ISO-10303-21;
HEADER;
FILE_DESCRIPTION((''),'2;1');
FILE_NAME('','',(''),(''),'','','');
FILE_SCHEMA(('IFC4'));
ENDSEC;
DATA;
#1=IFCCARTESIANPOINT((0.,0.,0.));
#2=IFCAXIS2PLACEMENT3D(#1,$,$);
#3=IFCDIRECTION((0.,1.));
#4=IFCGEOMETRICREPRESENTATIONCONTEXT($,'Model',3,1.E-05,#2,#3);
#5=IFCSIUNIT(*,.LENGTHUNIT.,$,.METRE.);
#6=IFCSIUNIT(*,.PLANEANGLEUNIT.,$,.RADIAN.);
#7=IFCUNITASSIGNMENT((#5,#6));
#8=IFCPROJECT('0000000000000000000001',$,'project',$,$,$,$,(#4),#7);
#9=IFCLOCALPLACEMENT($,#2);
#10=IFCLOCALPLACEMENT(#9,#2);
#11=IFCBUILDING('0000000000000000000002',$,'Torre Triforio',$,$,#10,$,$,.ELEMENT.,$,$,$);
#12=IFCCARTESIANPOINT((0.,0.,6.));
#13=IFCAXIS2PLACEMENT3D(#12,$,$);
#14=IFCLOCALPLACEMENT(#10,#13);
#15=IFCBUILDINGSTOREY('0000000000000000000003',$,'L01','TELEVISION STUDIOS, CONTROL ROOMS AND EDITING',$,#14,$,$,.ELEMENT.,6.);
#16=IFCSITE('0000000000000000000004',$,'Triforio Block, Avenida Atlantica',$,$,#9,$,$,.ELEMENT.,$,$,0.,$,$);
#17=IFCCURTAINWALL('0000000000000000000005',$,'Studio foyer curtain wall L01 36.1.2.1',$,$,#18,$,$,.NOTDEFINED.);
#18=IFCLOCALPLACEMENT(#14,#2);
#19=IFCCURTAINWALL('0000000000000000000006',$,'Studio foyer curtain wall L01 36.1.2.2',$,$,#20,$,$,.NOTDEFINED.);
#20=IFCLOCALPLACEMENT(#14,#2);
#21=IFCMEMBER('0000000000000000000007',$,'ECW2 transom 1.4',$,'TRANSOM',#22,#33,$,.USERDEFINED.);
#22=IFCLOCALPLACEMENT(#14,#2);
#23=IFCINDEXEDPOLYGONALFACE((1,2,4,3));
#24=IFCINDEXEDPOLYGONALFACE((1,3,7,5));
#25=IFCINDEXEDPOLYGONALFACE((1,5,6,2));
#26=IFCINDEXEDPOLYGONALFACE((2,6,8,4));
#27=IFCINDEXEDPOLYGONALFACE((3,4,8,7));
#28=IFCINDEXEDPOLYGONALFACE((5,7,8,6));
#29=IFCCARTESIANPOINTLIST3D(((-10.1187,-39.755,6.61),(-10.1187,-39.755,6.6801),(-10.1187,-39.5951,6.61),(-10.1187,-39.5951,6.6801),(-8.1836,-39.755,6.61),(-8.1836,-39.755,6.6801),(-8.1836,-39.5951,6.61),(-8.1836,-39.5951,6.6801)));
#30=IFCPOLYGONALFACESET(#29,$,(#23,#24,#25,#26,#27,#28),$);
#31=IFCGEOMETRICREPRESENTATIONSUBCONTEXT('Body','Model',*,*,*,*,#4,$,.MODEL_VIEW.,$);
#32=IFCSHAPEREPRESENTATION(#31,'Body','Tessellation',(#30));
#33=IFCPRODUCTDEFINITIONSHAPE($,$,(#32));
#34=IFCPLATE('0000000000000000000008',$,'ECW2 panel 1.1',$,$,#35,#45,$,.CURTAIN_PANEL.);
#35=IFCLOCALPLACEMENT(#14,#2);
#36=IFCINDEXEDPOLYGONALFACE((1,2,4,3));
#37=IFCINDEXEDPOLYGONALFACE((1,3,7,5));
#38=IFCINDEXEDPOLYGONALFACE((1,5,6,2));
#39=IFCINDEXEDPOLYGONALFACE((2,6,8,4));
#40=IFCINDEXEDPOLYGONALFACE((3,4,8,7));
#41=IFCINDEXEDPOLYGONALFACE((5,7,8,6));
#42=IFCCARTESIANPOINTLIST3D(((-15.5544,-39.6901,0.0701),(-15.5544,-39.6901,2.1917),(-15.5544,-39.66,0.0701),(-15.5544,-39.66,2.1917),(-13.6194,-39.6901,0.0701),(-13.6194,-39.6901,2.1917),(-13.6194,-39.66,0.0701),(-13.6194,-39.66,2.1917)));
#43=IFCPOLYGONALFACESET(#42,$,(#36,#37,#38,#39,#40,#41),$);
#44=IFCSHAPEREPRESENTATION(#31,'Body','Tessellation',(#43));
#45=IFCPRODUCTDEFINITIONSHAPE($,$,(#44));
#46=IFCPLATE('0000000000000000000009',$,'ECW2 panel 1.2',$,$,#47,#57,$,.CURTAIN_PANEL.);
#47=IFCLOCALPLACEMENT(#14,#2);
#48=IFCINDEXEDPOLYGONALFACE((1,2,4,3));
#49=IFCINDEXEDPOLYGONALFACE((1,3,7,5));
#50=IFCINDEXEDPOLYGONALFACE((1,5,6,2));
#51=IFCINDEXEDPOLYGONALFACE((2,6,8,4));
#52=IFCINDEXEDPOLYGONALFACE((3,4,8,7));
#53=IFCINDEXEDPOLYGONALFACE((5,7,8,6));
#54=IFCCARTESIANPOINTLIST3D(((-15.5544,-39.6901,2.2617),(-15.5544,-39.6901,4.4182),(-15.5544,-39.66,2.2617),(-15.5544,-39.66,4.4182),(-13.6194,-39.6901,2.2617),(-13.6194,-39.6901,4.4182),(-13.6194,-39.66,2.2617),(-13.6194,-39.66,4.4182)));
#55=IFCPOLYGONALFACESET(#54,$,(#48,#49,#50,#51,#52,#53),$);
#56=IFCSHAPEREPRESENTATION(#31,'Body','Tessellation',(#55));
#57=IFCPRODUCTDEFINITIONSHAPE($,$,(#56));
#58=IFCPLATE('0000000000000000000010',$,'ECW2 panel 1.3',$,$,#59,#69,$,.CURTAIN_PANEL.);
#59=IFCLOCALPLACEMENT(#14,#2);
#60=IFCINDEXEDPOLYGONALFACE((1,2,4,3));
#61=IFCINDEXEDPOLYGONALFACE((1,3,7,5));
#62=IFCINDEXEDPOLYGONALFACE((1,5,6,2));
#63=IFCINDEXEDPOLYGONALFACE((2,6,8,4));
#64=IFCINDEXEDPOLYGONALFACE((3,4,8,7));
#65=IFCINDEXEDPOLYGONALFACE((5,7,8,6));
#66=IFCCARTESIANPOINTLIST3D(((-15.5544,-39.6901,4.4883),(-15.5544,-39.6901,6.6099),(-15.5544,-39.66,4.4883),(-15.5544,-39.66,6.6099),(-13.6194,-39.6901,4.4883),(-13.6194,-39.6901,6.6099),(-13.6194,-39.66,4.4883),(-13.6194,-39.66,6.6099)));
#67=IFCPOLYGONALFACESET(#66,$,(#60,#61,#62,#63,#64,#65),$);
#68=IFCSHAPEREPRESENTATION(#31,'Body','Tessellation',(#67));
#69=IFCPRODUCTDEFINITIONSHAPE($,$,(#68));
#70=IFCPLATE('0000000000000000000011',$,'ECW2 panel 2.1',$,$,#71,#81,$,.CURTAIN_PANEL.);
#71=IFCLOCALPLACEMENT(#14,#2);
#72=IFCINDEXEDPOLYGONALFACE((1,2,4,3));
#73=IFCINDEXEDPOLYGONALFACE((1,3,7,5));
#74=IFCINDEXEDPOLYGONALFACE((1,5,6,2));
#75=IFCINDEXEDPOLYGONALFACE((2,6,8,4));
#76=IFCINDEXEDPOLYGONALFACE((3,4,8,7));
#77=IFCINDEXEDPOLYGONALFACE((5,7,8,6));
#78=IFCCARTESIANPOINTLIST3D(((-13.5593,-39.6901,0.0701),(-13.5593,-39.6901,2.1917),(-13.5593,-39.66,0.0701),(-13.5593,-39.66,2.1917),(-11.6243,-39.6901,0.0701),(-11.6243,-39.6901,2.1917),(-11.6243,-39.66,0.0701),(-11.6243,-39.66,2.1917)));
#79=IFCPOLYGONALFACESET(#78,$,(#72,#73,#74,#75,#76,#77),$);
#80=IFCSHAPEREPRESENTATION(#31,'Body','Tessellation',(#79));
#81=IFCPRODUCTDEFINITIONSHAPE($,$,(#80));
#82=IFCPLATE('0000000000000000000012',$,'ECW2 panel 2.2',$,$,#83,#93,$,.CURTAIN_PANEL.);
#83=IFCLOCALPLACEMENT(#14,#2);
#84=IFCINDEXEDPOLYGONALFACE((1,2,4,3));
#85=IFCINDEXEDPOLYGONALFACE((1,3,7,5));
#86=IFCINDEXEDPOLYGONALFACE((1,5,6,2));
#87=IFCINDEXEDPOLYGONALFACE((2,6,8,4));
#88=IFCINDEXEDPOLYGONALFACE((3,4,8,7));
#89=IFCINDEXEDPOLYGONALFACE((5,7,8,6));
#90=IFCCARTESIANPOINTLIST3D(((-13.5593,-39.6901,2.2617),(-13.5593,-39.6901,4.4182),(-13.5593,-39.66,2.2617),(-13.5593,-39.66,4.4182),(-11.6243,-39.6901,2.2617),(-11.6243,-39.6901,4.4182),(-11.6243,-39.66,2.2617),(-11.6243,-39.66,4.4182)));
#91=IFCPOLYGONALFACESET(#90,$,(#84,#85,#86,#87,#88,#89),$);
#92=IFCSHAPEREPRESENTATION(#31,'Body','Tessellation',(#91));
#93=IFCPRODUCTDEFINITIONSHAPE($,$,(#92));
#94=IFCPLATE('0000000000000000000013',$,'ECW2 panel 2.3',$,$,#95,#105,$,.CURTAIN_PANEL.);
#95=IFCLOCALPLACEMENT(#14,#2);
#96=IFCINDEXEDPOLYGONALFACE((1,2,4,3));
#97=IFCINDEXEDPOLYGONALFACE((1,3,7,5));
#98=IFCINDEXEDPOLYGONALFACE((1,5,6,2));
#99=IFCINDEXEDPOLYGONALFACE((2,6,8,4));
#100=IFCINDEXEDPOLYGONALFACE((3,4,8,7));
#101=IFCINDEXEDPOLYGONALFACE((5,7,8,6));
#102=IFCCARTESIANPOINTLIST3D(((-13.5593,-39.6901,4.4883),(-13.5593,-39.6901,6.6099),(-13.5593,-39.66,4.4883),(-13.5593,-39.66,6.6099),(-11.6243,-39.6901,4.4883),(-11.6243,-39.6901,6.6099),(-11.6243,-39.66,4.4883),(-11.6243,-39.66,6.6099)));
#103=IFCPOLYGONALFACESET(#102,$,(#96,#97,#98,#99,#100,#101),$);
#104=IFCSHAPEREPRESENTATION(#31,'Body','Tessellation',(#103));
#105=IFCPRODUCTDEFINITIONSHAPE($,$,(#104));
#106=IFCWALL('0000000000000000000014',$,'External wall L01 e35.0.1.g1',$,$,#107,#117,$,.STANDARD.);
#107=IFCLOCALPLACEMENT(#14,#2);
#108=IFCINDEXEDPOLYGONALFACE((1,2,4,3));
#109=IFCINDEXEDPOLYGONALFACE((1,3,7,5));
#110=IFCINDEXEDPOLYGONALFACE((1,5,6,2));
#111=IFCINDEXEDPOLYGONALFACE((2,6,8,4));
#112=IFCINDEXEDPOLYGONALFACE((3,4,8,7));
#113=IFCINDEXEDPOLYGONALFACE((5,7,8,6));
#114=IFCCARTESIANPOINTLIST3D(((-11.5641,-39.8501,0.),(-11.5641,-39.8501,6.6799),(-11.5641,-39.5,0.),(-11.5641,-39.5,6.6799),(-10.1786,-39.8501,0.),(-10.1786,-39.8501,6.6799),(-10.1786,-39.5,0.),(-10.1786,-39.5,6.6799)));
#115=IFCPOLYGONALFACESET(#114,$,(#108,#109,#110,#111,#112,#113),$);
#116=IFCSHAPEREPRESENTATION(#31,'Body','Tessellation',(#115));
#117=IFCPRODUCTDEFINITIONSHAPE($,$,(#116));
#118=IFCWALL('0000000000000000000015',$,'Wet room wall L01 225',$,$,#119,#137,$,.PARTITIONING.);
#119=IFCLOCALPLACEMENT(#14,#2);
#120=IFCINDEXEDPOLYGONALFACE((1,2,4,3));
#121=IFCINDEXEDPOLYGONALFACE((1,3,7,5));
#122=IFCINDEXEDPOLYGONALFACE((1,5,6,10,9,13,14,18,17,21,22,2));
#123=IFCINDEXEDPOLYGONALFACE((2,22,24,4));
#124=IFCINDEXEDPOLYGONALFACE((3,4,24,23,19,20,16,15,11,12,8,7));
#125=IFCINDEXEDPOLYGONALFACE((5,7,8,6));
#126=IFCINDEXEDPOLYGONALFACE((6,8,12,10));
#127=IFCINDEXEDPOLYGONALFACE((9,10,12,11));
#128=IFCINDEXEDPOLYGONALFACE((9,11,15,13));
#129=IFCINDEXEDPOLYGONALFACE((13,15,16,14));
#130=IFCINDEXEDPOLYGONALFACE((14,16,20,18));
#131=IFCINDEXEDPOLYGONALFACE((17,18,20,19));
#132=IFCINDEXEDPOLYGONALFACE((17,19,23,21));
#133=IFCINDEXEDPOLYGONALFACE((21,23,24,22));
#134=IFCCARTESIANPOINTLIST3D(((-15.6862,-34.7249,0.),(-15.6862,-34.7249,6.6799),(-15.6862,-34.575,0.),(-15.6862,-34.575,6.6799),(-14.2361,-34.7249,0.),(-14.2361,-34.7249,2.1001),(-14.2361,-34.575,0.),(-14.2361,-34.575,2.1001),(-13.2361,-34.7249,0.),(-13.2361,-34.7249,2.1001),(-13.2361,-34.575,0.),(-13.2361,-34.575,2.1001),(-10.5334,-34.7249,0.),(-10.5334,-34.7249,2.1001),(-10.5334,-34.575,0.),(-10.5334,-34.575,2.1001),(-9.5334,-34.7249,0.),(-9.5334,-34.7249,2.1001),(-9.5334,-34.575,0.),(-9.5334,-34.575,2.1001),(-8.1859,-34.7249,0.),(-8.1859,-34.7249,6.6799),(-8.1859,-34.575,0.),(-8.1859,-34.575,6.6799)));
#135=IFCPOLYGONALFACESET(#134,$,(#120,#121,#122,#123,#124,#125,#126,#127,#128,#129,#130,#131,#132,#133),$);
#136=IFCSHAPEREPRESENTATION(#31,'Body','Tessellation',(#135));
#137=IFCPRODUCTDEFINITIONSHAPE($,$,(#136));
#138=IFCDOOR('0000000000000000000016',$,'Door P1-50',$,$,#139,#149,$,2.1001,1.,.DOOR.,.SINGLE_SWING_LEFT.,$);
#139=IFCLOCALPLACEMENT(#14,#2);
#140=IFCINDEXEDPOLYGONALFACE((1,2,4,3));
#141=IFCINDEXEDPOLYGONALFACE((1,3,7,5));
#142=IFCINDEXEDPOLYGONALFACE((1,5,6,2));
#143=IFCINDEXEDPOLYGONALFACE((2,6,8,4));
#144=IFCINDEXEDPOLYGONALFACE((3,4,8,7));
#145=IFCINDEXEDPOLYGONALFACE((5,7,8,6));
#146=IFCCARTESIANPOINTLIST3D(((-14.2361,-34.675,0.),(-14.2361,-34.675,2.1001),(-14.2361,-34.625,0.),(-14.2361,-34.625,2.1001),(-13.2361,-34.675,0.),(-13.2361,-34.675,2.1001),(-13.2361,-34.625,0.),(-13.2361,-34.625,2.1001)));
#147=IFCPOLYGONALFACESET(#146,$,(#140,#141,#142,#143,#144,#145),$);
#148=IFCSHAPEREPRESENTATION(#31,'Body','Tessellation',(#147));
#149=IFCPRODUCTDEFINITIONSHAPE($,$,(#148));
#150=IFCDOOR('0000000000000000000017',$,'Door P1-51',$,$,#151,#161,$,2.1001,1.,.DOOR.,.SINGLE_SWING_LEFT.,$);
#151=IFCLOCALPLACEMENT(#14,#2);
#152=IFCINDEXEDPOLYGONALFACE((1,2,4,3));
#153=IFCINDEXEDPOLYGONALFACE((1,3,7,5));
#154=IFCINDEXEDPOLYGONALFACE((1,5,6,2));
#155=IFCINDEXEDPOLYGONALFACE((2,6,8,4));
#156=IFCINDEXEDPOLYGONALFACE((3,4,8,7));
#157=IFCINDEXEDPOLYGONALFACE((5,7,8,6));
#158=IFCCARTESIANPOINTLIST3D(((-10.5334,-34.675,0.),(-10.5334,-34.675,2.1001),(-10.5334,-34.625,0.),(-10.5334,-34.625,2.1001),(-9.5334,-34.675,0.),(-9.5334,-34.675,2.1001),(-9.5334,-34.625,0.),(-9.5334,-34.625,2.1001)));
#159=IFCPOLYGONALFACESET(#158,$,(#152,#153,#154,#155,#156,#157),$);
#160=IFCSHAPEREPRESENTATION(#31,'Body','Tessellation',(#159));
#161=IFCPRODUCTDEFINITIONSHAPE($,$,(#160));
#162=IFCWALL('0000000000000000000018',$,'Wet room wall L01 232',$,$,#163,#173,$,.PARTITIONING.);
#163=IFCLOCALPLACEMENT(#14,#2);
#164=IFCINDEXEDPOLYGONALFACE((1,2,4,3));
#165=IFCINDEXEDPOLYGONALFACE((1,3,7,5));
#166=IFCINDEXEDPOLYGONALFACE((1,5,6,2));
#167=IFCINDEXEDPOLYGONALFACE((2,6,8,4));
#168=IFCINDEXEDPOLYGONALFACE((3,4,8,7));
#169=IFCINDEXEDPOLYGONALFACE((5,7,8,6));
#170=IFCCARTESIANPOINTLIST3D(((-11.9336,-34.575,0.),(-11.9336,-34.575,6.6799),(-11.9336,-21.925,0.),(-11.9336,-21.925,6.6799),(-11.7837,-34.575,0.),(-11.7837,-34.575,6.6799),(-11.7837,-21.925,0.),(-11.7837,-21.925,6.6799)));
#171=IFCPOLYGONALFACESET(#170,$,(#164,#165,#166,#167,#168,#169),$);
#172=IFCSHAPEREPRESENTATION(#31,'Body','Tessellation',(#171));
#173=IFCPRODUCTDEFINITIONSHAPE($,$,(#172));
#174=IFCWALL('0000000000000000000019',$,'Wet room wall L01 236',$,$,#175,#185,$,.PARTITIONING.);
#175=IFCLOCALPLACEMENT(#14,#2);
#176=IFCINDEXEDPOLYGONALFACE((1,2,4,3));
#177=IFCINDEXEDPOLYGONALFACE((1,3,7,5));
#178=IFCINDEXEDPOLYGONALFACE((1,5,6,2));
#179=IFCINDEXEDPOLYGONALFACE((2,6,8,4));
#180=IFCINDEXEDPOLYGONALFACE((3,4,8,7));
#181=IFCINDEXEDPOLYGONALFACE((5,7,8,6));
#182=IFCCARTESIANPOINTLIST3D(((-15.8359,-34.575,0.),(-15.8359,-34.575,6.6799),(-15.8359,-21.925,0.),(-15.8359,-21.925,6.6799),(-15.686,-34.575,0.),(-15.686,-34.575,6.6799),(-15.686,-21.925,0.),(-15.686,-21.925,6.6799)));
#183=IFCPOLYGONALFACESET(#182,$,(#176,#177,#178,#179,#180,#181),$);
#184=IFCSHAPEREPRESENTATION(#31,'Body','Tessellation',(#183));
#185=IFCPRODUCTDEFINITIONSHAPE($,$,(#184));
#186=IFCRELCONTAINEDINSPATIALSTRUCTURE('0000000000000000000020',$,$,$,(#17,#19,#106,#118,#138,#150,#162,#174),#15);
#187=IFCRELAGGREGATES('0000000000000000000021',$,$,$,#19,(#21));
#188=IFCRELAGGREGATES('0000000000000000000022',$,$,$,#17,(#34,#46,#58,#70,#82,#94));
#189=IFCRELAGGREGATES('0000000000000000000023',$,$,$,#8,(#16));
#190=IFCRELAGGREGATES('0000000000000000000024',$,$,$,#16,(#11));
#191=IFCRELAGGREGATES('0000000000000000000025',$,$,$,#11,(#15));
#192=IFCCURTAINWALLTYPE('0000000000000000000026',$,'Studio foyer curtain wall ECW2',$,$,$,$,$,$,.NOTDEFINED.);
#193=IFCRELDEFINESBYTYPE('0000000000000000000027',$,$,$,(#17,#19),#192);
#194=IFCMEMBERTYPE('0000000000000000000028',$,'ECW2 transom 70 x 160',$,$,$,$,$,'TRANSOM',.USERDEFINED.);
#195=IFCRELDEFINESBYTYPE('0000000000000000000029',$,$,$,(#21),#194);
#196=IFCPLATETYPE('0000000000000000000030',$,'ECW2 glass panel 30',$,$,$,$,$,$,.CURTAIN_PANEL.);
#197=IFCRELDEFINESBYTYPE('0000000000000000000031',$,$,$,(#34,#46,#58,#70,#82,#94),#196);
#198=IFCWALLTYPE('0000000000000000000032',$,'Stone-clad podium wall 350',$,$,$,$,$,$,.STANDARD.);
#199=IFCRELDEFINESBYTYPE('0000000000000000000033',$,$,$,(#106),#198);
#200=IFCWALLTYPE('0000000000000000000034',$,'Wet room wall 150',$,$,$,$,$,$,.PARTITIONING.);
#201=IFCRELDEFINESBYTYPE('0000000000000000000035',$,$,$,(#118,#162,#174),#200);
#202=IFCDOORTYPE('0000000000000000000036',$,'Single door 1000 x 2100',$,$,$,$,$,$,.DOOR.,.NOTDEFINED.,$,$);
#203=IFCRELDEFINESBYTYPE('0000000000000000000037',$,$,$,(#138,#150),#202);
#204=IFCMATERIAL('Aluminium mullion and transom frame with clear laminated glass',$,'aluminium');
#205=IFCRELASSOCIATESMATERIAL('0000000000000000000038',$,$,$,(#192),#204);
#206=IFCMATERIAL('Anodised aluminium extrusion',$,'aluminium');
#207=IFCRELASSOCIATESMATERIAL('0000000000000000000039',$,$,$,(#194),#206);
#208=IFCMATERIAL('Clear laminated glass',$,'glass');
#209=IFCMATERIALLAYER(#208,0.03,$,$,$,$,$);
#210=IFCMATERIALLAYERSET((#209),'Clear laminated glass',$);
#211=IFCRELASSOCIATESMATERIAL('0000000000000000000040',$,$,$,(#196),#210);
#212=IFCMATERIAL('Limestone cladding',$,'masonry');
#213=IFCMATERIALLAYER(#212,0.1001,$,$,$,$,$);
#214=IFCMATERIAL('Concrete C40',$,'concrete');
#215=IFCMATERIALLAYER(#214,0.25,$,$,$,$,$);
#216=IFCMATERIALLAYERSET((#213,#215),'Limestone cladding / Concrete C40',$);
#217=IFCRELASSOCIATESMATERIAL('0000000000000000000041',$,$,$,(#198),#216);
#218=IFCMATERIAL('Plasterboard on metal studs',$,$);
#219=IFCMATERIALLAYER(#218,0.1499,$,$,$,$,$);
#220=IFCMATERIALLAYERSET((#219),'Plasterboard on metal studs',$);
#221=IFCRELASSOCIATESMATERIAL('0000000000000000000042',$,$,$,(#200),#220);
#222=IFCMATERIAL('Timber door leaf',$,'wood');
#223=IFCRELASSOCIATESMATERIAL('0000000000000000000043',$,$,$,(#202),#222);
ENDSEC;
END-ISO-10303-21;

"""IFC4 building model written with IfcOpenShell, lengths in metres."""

from ifc_helpers import new_model, si_unit, direction, frame, frame_2d, origin, origin_2d, place, context, subcontext, project, spatial, rectangle, extrude, material, layer, layer_set, material_profile, profile_set, type_object, element, fill, aggregate, save


model = new_model("IFC4")

# Units and contexts
model_context = context("Model", 3, precision=1e-05, world=origin(), true_north=direction((0.0, 1.0)))
body_context = subcontext(model_context, "Body", "Model", "MODEL_VIEW")
ifc_project = project(units=[si_unit("LENGTHUNIT", "METRE"), si_unit("PLANEANGLEUNIT", "RADIAN")], contexts=[model_context])

# Site, building, storey
site_placement = place(None, origin())
site = spatial("IfcSite", under=ifc_project, at=site_placement, Name="Triforio Block, Avenida Atlantica", CompositionType="ELEMENT", RefElevation=0.0)
building_placement = place(site_placement, origin())
building = spatial("IfcBuilding", under=site, at=building_placement, Name="Torre Triforio", CompositionType="ELEMENT")
storey_placement = place(building_placement, frame((0.0, 0.0, 6.0)))
storey = spatial("IfcBuildingStorey", under=building, at=storey_placement, Name="L01", Description="TELEVISION STUDIOS, CONTROL ROOMS AND EDITING", CompositionType="ELEMENT", Elevation=6.0)

# Curtain wall
ifc_material_1 = material(Name="Aluminium mullion and transom frame with clear laminated glass", Category="aluminium")
curtain_wall_type = type_object("IfcCurtainWallType", Name="Studio foyer curtain wall ECW2", PredefinedType="NOTDEFINED", material=ifc_material_1)
curtain_wall_1_placement = place(storey_placement, origin())
curtain_wall_1 = element("IfcCurtainWall", 1, at=curtain_wall_1_placement, inside=storey, type_object=curtain_wall_type, Name="Studio foyer curtain wall L01 36.1.2.1", PredefinedType="NOTDEFINED")
ifc_material_2 = material(Name="Anodised aluminium extrusion", Category="aluminium")

# Curtain wall
curtain_wall_2_placement = place(storey_placement, origin())
curtain_wall_2 = element("IfcCurtainWall", 2, at=curtain_wall_2_placement, inside=storey, type_object=curtain_wall_type, Name="Studio foyer curtain wall L01 36.1.2.2", PredefinedType="NOTDEFINED")

# Member
ifc_material_profile_1 = material_profile(ifc_material_2, rectangle(XDim=0.1599, YDim=0.0701, at=origin_2d()), Name="ECW2 TRANSOM 70x160")
ifc_profile_set_1 = profile_set([ifc_material_profile_1], Name="Anodised aluminium extrusion")
member_type_1 = type_object("IfcMemberType", Name="ECW2 transom 70 x 160", ElementType="TRANSOM", PredefinedType="USERDEFINED", material=ifc_profile_set_1)
member_1_placement = place(storey_placement, frame((-10.1187, -39.675, 6.645), z_axis=(1.0, 0.0, 0.0), x_axis=(0.0, 1.0, 0.0)))
member_1 = element("IfcMember", 3, at=member_1_placement, type_object=member_type_1, Name="ECW2 transom 1.4", ObjectType="TRANSOM", PredefinedType="USERDEFINED", context=body_context, shape_type="SweptSolid", body=[
    extrude(rectangle(XDim=0.1599, YDim=0.0701, at=origin_2d()), origin(), (0.0, 0.0, 1.0), 1.9351),
])
aggregate(curtain_wall_2, [member_1])

# Plates
ifc_material_3 = material(Name="Clear laminated glass", Category="glass")
ifc_layer_1 = layer(ifc_material_3, 0.03)
ifc_layer_set_1 = layer_set([ifc_layer_1], Name="Clear laminated glass")
plate_type = type_object("IfcPlateType", Name="ECW2 glass panel 30", PredefinedType="CURTAIN_PANEL", material=ifc_layer_set_1)
plate_1_placement = place(storey_placement, frame((-14.5869, -39.675, 0.0701), z_axis=(0.0, 0.0, 1.0), x_axis=(1.0, 0.0, 0.0)))
plate_1 = element("IfcPlate", 4, at=plate_1_placement, type_object=plate_type, Name="ECW2 panel 1.1", PredefinedType="CURTAIN_PANEL", context=body_context, shape_type="SweptSolid", body=[
    extrude(rectangle(XDim=1.9351, YDim=0.03, at=origin_2d()), origin(), (0.0, 0.0, 1.0), 2.1216),
])
plate_2_placement = place(storey_placement, frame((-14.5869, -39.675, 2.2617), z_axis=(0.0, 0.0, 1.0), x_axis=(1.0, 0.0, 0.0)))
plate_2 = element("IfcPlate", 5, at=plate_2_placement, type_object=plate_type, Name="ECW2 panel 1.2", PredefinedType="CURTAIN_PANEL", context=body_context, shape_type="SweptSolid", body=[
    extrude(rectangle(XDim=1.9351, YDim=0.03, at=origin_2d()), origin(), (0.0, 0.0, 1.0), 2.1565),
])
plate_3_placement = place(storey_placement, frame((-14.5869, -39.675, 4.4883), z_axis=(0.0, 0.0, 1.0), x_axis=(1.0, 0.0, 0.0)))
plate_3 = element("IfcPlate", 6, at=plate_3_placement, type_object=plate_type, Name="ECW2 panel 1.3", PredefinedType="CURTAIN_PANEL", context=body_context, shape_type="SweptSolid", body=[
    extrude(rectangle(XDim=1.9351, YDim=0.03, at=origin_2d()), origin(), (0.0, 0.0, 1.0), 2.1216),
])
plate_4_placement = place(storey_placement, frame((-12.5918, -39.675, 0.0701), z_axis=(0.0, 0.0, 1.0), x_axis=(1.0, 0.0, 0.0)))
plate_4 = element("IfcPlate", 7, at=plate_4_placement, type_object=plate_type, Name="ECW2 panel 2.1", PredefinedType="CURTAIN_PANEL", context=body_context, shape_type="SweptSolid", body=[
    extrude(rectangle(XDim=1.9351, YDim=0.03, at=origin_2d()), origin(), (0.0, 0.0, 1.0), 2.1216),
])
plate_5_placement = place(storey_placement, frame((-12.5918, -39.675, 2.2617), z_axis=(0.0, 0.0, 1.0), x_axis=(1.0, 0.0, 0.0)))
plate_5 = element("IfcPlate", 8, at=plate_5_placement, type_object=plate_type, Name="ECW2 panel 2.2", PredefinedType="CURTAIN_PANEL", context=body_context, shape_type="SweptSolid", body=[
    extrude(rectangle(XDim=1.9351, YDim=0.03, at=origin_2d()), origin(), (0.0, 0.0, 1.0), 2.1565),
])
plate_6_placement = place(storey_placement, frame((-12.5918, -39.675, 4.4883), z_axis=(0.0, 0.0, 1.0), x_axis=(1.0, 0.0, 0.0)))
plate_6 = element("IfcPlate", 9, at=plate_6_placement, type_object=plate_type, Name="ECW2 panel 2.3", PredefinedType="CURTAIN_PANEL", context=body_context, shape_type="SweptSolid", body=[
    extrude(rectangle(XDim=1.9351, YDim=0.03, at=origin_2d()), origin(), (0.0, 0.0, 1.0), 2.1216),
])
aggregate(curtain_wall_1, [plate_1, plate_2, plate_3, plate_4, plate_5, plate_6])

# Wall
ifc_material_4 = material(Name="Limestone cladding", Category="masonry")
ifc_layer_2 = layer(ifc_material_4, 0.1001)
ifc_material_5 = material(Name="Concrete C40", Category="concrete")
ifc_layer_3 = layer(ifc_material_5, 0.25)
ifc_layer_set_2 = layer_set([ifc_layer_2, ifc_layer_3], Name="Limestone cladding / Concrete C40")
wall_type_1 = type_object("IfcWallType", Name="Stone-clad podium wall 350", PredefinedType="STANDARD", material=ifc_layer_set_2)
wall_1_placement = place(storey_placement, frame((-11.5642, -39.675, 0.0), z_axis=(0.0, 0.0, 1.0), x_axis=(1.0, 0.0, 0.0)))
element("IfcWall", 10, at=wall_1_placement, inside=storey, type_object=wall_type_1, Name="External wall L01 e35.0.1.g1", PredefinedType="STANDARD", context=body_context, shape_type="SweptSolid", body=[
    extrude(rectangle(XDim=1.3855, YDim=0.3501, at=frame_2d((0.6929, 0.0))), origin(), (0.0, 0.0, 1.0), 6.6799),
])

# Wall, openings, doors
ifc_material_6 = material(Name="Plasterboard on metal studs")
ifc_layer_4 = layer(ifc_material_6, 0.1499)
ifc_layer_set_3 = layer_set([ifc_layer_4], Name="Plasterboard on metal studs")
wall_type_2 = type_object("IfcWallType", Name="Wet room wall 150", PredefinedType="PARTITIONING", material=ifc_layer_set_3)
wall_2_placement = place(storey_placement, frame((-15.686, -34.6499, 0.0), z_axis=(0.0, 0.0, 1.0), x_axis=(1.0, 0.0, 0.0)))
wall_2 = element("IfcWall", 11, at=wall_2_placement, inside=storey, type_object=wall_type_2, Name="Wet room wall L01 225", PredefinedType="PARTITIONING", context=body_context, shape_type="SweptSolid", body=[
    extrude(rectangle(XDim=7.5002, YDim=0.1499, at=frame_2d((3.75, 0.0))), origin(), (0.0, 0.0, 1.0), 6.6799),
])
opening_1_placement = place(wall_2_placement, frame((1.45, 0.0, 0.0)))
opening_1 = element("IfcOpeningElement", 12, at=opening_1_placement, cuts=wall_2, PredefinedType="OPENING", context=body_context, shape_type="SweptSolid", body=[
    extrude(rectangle(XDim=1.0, YDim=2.1001, at=frame_2d((0.5, 1.05))), frame((0.0, 0.085, 0.0), z_axis=(0.0, -1.0, 0.0), x_axis=(1.0, 0.0, 0.0)), (0.0, 0.0, 1.0), 0.1699),
])
opening_2_placement = place(wall_2_placement, frame((5.1526, 0.0, 0.0)))
opening_2 = element("IfcOpeningElement", 13, at=opening_2_placement, cuts=wall_2, PredefinedType="OPENING", context=body_context, shape_type="SweptSolid", body=[
    extrude(rectangle(XDim=1.0, YDim=2.1001, at=frame_2d((0.5, 1.05))), frame((0.0, 0.085, 0.0), z_axis=(0.0, -1.0, 0.0), x_axis=(1.0, 0.0, 0.0)), (0.0, 0.0, 1.0), 0.1699),
])
ifc_material_7 = material(Name="Timber door leaf", Category="wood")
door_type = type_object("IfcDoorType", Name="Single door 1000 x 2100", OperationType="NOTDEFINED", PredefinedType="DOOR", material=ifc_material_7)
door_1_placement = place(opening_1_placement, origin())
door_1 = element("IfcDoor", 14, at=door_1_placement, inside=storey, type_object=door_type, Name="Door P1-50", OperationType="SINGLE_SWING_LEFT", OverallHeight=2.1001, OverallWidth=1.0, PredefinedType="DOOR", context=body_context, shape_type="SweptSolid", body=[
    extrude(rectangle(XDim=1.0, YDim=2.1001, at=frame_2d((0.5, 1.05))), frame((0.0, 0.0249, 0.0), z_axis=(0.0, -1.0, 0.0), x_axis=(1.0, 0.0, 0.0)), (0.0, 0.0, 1.0), 0.05),
])
fill(opening_1, door_1)
door_2_placement = place(opening_2_placement, origin())
door_2 = element("IfcDoor", 15, at=door_2_placement, inside=storey, type_object=door_type, Name="Door P1-51", OperationType="SINGLE_SWING_LEFT", OverallHeight=2.1001, OverallWidth=1.0, PredefinedType="DOOR", context=body_context, shape_type="SweptSolid", body=[
    extrude(rectangle(XDim=1.0, YDim=2.1001, at=frame_2d((0.5, 1.05))), frame((0.0, 0.0249, 0.0), z_axis=(0.0, -1.0, 0.0), x_axis=(1.0, 0.0, 0.0)), (0.0, 0.0, 1.0), 0.05),
])
fill(opening_2, door_2)

# Walls
for number, where, z_axis, x_axis, name in (
    (16, (-11.8586, -34.575, 0.0), (0.0, 0.0, 1.0), (0.0, 1.0, 0.0), "Wet room wall L01 232"),
    (17, (-15.761, -34.575, 0.0), (0.0, 0.0, 1.0), (0.0, 1.0, 0.0), "Wet room wall L01 236"),
):
    element("IfcWall", number, at=place(storey_placement, frame(where, z_axis=z_axis, x_axis=x_axis)), inside=storey, type_object=wall_type_2, Name=name, PredefinedType="PARTITIONING", context=body_context, shape_type="SweptSolid", body=[
        extrude(rectangle(XDim=12.6499, YDim=0.1499, at=frame_2d((6.325, 0.0))), origin(), (0.0, 0.0, 1.0), 6.6799),
    ])

save(model, "model.ifc")
